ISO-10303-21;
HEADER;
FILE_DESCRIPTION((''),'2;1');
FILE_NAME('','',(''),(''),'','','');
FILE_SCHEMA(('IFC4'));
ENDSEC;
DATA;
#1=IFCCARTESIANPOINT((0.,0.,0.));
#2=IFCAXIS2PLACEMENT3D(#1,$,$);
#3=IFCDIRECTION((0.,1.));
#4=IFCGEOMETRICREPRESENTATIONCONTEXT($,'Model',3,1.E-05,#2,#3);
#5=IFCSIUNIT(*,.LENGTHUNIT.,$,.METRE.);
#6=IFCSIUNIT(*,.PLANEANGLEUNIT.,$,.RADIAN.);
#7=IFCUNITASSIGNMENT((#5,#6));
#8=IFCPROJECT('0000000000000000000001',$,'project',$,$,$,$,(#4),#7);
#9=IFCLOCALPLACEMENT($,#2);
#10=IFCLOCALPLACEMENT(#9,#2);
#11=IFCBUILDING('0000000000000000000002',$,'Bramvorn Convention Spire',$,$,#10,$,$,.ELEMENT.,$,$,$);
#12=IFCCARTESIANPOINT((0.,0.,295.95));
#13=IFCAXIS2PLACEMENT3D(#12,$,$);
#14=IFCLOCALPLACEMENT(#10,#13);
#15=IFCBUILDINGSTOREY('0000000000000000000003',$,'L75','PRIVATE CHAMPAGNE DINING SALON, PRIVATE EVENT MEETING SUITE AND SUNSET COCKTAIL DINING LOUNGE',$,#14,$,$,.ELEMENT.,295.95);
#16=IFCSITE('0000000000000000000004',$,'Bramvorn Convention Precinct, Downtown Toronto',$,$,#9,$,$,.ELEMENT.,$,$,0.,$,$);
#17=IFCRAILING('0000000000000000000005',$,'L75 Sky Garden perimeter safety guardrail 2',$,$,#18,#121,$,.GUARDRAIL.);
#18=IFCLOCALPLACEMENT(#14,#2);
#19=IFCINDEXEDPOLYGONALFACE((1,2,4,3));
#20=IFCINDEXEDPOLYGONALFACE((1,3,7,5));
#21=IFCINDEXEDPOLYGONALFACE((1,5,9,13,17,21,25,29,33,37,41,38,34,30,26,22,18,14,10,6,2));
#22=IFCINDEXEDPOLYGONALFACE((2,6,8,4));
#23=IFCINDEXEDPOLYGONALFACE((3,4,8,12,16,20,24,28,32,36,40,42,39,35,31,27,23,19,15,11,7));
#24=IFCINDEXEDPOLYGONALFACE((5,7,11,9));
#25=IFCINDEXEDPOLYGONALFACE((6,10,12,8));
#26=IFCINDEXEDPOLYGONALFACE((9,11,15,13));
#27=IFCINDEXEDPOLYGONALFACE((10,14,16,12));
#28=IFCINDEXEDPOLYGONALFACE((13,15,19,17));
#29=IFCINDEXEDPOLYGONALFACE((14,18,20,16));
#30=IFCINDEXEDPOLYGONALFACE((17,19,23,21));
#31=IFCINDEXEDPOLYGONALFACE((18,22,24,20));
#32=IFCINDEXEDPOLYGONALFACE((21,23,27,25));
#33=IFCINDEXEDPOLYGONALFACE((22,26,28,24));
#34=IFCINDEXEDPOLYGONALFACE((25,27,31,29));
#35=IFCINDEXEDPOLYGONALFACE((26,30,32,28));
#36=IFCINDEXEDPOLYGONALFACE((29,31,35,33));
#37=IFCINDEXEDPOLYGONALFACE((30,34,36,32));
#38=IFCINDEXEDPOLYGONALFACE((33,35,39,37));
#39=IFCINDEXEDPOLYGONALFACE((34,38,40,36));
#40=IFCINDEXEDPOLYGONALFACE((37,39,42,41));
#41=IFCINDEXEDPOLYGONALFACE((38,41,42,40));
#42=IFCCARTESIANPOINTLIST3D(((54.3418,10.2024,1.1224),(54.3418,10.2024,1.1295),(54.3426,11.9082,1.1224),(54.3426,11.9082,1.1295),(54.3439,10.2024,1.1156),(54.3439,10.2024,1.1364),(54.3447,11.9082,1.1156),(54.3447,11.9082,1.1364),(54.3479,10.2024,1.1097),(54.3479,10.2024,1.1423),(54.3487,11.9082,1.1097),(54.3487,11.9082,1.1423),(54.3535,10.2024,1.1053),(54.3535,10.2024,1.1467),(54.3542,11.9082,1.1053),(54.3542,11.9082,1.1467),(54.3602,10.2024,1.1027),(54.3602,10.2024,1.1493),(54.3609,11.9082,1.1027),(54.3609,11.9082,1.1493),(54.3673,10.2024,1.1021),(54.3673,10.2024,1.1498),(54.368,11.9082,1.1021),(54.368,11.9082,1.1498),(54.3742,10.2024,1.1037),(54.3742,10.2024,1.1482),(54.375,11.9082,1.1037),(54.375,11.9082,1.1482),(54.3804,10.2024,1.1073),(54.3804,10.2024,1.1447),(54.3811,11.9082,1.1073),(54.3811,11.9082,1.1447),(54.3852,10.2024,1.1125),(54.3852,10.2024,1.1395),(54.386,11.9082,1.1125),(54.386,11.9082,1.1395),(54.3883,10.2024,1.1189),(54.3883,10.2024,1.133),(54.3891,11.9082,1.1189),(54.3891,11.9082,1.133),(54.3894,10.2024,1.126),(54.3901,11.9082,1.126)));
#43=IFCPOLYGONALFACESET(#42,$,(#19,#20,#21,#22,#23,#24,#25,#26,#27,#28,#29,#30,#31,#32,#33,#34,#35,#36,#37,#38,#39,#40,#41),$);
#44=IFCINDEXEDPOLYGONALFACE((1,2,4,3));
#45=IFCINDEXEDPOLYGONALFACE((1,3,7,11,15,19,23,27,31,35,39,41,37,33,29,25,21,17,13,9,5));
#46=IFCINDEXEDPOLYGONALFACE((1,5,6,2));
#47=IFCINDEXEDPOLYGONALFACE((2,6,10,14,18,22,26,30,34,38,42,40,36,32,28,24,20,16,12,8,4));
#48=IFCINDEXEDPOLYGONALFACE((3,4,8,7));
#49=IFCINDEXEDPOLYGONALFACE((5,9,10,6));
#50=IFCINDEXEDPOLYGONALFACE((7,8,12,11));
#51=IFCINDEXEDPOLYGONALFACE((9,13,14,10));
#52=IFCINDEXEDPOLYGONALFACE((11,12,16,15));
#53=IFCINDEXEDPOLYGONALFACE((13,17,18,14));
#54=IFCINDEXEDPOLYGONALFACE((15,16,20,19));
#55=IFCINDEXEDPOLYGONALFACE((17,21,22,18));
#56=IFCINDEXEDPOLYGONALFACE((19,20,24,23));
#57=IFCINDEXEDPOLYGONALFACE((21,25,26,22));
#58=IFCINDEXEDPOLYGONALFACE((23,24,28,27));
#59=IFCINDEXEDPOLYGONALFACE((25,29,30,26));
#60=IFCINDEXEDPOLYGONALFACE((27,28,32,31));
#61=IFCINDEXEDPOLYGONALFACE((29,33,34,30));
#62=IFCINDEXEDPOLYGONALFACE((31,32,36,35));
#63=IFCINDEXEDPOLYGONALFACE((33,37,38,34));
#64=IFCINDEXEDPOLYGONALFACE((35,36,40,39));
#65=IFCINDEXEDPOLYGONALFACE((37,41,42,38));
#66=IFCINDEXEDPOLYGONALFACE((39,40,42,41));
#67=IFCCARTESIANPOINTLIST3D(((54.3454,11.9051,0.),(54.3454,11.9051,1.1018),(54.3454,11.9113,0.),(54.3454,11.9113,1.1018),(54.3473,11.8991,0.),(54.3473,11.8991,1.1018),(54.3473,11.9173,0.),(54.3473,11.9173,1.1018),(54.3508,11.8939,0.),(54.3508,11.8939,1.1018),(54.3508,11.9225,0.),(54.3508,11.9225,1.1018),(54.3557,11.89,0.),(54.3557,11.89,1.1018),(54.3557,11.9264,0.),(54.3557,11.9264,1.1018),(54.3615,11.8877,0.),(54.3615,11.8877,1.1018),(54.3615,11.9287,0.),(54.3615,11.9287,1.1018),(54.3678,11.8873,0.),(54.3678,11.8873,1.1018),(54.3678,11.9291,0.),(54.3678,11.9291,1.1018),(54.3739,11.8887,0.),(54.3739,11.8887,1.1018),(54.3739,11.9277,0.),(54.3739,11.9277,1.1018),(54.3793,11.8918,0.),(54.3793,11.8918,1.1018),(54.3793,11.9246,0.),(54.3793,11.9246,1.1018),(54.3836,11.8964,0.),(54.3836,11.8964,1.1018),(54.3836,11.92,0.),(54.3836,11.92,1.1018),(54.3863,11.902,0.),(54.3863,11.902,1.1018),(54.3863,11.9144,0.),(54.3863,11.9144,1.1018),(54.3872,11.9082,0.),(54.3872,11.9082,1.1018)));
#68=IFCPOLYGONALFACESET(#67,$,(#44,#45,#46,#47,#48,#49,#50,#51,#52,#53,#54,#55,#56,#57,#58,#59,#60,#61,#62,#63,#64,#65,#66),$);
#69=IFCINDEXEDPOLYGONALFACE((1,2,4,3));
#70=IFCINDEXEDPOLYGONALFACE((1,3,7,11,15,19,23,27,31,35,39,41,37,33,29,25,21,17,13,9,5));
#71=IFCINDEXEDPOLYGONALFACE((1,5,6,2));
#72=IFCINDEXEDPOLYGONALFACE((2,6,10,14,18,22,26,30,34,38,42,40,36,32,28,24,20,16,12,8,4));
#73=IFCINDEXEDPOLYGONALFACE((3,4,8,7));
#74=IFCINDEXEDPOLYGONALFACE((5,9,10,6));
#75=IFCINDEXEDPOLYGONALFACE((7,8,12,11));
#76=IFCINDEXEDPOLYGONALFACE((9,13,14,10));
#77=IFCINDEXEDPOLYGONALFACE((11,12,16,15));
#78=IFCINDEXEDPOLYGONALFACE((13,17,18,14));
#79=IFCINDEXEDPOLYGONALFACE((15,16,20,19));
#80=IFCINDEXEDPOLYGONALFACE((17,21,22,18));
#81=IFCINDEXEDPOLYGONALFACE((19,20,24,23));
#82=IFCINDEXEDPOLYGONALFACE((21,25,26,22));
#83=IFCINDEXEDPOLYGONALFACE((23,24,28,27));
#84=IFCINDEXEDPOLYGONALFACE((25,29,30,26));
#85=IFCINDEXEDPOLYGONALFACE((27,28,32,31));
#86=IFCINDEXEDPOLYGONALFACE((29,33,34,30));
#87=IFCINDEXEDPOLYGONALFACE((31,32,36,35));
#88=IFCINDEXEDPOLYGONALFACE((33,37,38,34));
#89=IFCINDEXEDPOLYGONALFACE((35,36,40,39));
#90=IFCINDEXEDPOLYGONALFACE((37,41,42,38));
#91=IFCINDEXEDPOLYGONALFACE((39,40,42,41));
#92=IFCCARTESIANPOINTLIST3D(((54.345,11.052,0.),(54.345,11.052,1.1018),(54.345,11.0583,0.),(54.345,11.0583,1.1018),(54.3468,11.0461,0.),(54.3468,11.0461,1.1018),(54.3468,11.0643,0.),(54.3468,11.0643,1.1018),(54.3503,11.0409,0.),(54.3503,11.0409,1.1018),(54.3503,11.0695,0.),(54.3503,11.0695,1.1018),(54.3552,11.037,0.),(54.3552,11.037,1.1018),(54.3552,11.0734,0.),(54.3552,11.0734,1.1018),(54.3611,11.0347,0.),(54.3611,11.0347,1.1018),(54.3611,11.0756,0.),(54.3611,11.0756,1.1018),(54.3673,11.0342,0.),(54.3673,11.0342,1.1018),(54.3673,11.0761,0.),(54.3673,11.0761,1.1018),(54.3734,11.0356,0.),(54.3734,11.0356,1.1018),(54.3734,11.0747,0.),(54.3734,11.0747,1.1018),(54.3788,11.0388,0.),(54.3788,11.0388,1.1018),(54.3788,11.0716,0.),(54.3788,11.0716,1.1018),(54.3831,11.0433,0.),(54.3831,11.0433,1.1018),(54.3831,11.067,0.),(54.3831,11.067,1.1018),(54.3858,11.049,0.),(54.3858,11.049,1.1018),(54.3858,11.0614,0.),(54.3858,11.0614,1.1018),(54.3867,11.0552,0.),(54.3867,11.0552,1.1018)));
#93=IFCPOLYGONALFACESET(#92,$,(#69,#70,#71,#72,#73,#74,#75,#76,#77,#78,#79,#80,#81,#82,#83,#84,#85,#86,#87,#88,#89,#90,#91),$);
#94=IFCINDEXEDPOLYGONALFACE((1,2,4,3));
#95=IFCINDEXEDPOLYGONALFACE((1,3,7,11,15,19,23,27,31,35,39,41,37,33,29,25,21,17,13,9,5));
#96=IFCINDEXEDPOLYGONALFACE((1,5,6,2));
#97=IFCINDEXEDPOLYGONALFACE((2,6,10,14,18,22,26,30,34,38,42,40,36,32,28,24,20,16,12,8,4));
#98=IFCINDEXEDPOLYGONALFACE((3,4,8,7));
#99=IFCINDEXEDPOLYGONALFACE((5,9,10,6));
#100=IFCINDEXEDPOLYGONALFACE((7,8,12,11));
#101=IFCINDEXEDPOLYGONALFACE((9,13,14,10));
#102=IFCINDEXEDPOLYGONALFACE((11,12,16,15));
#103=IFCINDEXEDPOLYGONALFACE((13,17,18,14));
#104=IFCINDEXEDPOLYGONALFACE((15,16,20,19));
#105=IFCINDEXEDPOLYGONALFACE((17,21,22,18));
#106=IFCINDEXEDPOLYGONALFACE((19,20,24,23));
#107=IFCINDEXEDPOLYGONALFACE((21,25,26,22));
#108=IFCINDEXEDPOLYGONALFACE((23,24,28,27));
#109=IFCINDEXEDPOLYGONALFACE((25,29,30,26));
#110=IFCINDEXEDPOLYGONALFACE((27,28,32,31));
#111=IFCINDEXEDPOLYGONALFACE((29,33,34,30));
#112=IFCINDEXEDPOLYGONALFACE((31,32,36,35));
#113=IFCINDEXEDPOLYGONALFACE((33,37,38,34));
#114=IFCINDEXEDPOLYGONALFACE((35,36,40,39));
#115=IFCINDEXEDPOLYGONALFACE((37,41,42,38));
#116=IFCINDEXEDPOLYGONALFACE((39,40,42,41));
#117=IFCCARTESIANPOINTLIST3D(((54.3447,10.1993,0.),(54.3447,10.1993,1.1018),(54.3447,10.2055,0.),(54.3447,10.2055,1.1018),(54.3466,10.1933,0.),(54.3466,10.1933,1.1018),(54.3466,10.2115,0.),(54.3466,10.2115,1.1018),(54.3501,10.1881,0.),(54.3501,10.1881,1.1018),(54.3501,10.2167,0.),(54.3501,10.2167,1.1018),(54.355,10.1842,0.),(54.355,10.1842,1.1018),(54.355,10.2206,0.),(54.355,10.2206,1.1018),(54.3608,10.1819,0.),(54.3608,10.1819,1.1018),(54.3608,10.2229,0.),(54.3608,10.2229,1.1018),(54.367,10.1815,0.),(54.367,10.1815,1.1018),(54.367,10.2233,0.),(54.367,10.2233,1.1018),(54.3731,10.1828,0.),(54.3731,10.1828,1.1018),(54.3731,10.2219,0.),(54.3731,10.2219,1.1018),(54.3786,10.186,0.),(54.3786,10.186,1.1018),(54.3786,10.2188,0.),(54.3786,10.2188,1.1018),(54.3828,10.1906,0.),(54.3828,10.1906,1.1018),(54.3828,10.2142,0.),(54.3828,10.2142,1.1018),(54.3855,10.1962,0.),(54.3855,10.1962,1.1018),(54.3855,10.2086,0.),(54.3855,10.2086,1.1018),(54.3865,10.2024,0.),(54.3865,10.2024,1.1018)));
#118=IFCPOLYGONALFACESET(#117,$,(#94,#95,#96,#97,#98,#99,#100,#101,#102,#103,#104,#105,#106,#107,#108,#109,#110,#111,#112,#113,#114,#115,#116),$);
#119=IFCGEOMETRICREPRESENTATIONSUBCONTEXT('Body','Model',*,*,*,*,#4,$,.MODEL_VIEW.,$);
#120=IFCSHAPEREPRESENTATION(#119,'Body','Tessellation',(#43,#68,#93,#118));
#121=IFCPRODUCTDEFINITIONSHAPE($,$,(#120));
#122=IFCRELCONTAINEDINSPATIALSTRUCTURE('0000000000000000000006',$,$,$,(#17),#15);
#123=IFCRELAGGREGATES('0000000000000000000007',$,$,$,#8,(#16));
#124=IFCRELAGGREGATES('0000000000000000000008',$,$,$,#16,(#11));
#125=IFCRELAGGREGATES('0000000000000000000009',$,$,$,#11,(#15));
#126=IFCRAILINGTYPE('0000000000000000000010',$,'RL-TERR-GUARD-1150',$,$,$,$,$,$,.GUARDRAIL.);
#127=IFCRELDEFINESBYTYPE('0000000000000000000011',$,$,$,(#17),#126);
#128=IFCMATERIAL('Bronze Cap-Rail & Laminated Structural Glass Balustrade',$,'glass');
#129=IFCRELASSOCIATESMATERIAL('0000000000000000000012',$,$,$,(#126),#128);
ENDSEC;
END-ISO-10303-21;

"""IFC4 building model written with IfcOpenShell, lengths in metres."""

from ifc_helpers import new_model, si_unit, direction, frame, origin, origin_2d, place, context, subcontext, project, spatial, circle, extrude, material, type_object, element, save


model = new_model("IFC4")

# Units and contexts
model_context = context("Model", 3, precision=1e-05, world=origin(), true_north=direction((0.0, 1.0)))
body_context = subcontext(model_context, "Body", "Model", "MODEL_VIEW")
ifc_project = project(units=[si_unit("LENGTHUNIT", "METRE"), si_unit("PLANEANGLEUNIT", "RADIAN")], contexts=[model_context])

# Site, building, storey
site_placement = place(None, origin())
site = spatial("IfcSite", under=ifc_project, at=site_placement, Name="Bramvorn Convention Precinct, Downtown Toronto", CompositionType="ELEMENT", RefElevation=0.0)
building_placement = place(site_placement, origin())
building = spatial("IfcBuilding", under=site, at=building_placement, Name="Bramvorn Convention Spire", CompositionType="ELEMENT")
storey_placement = place(building_placement, frame((0.0, 0.0, 295.95)))
storey = spatial("IfcBuildingStorey", under=building, at=storey_placement, Name="L75", Description="PRIVATE CHAMPAGNE DINING SALON, PRIVATE EVENT MEETING SUITE AND SUNSET COCKTAIL DINING LOUNGE", CompositionType="ELEMENT", Elevation=295.95)

# Railing
ifc_material_1 = material(Name="Bronze Cap-Rail & Laminated Structural Glass Balustrade", Category="glass")
railing_type = type_object("IfcRailingType", Name="RL-TERR-GUARD-1150", PredefinedType="GUARDRAIL", material=ifc_material_1)
railing_1_placement = place(storey_placement, frame((54.3662, 11.9082, 0.0)))
element("IfcRailing", 1, at=railing_1_placement, inside=storey, type_object=railing_type, Name="L75 Sky Garden perimeter safety guardrail 2", PredefinedType="GUARDRAIL", context=body_context, shape_type="SweptSolid", body=[
    extrude(circle(Radius=0.0239, at=origin_2d()), frame((0.0, 0.0, 1.126), z_axis=(-0.000429, -1.0, 0.0), x_axis=(1.0, -0.000429, 0.0)), (0.0, 0.0, 1.0), 1.7058),
    extrude(circle(Radius=0.021, at=origin_2d()), origin(), (0.0, 0.0, 1.0), 1.1018),
    extrude(circle(Radius=0.021, at=origin_2d()), frame((-0.0005, -0.853, 0.0)), (0.0, 0.0, 1.0), 1.1018),
    extrude(circle(Radius=0.021, at=origin_2d()), frame((-0.0007, -1.7058, 0.0)), (0.0, 0.0, 1.0), 1.1018),
])

save(model, "model.ifc")
